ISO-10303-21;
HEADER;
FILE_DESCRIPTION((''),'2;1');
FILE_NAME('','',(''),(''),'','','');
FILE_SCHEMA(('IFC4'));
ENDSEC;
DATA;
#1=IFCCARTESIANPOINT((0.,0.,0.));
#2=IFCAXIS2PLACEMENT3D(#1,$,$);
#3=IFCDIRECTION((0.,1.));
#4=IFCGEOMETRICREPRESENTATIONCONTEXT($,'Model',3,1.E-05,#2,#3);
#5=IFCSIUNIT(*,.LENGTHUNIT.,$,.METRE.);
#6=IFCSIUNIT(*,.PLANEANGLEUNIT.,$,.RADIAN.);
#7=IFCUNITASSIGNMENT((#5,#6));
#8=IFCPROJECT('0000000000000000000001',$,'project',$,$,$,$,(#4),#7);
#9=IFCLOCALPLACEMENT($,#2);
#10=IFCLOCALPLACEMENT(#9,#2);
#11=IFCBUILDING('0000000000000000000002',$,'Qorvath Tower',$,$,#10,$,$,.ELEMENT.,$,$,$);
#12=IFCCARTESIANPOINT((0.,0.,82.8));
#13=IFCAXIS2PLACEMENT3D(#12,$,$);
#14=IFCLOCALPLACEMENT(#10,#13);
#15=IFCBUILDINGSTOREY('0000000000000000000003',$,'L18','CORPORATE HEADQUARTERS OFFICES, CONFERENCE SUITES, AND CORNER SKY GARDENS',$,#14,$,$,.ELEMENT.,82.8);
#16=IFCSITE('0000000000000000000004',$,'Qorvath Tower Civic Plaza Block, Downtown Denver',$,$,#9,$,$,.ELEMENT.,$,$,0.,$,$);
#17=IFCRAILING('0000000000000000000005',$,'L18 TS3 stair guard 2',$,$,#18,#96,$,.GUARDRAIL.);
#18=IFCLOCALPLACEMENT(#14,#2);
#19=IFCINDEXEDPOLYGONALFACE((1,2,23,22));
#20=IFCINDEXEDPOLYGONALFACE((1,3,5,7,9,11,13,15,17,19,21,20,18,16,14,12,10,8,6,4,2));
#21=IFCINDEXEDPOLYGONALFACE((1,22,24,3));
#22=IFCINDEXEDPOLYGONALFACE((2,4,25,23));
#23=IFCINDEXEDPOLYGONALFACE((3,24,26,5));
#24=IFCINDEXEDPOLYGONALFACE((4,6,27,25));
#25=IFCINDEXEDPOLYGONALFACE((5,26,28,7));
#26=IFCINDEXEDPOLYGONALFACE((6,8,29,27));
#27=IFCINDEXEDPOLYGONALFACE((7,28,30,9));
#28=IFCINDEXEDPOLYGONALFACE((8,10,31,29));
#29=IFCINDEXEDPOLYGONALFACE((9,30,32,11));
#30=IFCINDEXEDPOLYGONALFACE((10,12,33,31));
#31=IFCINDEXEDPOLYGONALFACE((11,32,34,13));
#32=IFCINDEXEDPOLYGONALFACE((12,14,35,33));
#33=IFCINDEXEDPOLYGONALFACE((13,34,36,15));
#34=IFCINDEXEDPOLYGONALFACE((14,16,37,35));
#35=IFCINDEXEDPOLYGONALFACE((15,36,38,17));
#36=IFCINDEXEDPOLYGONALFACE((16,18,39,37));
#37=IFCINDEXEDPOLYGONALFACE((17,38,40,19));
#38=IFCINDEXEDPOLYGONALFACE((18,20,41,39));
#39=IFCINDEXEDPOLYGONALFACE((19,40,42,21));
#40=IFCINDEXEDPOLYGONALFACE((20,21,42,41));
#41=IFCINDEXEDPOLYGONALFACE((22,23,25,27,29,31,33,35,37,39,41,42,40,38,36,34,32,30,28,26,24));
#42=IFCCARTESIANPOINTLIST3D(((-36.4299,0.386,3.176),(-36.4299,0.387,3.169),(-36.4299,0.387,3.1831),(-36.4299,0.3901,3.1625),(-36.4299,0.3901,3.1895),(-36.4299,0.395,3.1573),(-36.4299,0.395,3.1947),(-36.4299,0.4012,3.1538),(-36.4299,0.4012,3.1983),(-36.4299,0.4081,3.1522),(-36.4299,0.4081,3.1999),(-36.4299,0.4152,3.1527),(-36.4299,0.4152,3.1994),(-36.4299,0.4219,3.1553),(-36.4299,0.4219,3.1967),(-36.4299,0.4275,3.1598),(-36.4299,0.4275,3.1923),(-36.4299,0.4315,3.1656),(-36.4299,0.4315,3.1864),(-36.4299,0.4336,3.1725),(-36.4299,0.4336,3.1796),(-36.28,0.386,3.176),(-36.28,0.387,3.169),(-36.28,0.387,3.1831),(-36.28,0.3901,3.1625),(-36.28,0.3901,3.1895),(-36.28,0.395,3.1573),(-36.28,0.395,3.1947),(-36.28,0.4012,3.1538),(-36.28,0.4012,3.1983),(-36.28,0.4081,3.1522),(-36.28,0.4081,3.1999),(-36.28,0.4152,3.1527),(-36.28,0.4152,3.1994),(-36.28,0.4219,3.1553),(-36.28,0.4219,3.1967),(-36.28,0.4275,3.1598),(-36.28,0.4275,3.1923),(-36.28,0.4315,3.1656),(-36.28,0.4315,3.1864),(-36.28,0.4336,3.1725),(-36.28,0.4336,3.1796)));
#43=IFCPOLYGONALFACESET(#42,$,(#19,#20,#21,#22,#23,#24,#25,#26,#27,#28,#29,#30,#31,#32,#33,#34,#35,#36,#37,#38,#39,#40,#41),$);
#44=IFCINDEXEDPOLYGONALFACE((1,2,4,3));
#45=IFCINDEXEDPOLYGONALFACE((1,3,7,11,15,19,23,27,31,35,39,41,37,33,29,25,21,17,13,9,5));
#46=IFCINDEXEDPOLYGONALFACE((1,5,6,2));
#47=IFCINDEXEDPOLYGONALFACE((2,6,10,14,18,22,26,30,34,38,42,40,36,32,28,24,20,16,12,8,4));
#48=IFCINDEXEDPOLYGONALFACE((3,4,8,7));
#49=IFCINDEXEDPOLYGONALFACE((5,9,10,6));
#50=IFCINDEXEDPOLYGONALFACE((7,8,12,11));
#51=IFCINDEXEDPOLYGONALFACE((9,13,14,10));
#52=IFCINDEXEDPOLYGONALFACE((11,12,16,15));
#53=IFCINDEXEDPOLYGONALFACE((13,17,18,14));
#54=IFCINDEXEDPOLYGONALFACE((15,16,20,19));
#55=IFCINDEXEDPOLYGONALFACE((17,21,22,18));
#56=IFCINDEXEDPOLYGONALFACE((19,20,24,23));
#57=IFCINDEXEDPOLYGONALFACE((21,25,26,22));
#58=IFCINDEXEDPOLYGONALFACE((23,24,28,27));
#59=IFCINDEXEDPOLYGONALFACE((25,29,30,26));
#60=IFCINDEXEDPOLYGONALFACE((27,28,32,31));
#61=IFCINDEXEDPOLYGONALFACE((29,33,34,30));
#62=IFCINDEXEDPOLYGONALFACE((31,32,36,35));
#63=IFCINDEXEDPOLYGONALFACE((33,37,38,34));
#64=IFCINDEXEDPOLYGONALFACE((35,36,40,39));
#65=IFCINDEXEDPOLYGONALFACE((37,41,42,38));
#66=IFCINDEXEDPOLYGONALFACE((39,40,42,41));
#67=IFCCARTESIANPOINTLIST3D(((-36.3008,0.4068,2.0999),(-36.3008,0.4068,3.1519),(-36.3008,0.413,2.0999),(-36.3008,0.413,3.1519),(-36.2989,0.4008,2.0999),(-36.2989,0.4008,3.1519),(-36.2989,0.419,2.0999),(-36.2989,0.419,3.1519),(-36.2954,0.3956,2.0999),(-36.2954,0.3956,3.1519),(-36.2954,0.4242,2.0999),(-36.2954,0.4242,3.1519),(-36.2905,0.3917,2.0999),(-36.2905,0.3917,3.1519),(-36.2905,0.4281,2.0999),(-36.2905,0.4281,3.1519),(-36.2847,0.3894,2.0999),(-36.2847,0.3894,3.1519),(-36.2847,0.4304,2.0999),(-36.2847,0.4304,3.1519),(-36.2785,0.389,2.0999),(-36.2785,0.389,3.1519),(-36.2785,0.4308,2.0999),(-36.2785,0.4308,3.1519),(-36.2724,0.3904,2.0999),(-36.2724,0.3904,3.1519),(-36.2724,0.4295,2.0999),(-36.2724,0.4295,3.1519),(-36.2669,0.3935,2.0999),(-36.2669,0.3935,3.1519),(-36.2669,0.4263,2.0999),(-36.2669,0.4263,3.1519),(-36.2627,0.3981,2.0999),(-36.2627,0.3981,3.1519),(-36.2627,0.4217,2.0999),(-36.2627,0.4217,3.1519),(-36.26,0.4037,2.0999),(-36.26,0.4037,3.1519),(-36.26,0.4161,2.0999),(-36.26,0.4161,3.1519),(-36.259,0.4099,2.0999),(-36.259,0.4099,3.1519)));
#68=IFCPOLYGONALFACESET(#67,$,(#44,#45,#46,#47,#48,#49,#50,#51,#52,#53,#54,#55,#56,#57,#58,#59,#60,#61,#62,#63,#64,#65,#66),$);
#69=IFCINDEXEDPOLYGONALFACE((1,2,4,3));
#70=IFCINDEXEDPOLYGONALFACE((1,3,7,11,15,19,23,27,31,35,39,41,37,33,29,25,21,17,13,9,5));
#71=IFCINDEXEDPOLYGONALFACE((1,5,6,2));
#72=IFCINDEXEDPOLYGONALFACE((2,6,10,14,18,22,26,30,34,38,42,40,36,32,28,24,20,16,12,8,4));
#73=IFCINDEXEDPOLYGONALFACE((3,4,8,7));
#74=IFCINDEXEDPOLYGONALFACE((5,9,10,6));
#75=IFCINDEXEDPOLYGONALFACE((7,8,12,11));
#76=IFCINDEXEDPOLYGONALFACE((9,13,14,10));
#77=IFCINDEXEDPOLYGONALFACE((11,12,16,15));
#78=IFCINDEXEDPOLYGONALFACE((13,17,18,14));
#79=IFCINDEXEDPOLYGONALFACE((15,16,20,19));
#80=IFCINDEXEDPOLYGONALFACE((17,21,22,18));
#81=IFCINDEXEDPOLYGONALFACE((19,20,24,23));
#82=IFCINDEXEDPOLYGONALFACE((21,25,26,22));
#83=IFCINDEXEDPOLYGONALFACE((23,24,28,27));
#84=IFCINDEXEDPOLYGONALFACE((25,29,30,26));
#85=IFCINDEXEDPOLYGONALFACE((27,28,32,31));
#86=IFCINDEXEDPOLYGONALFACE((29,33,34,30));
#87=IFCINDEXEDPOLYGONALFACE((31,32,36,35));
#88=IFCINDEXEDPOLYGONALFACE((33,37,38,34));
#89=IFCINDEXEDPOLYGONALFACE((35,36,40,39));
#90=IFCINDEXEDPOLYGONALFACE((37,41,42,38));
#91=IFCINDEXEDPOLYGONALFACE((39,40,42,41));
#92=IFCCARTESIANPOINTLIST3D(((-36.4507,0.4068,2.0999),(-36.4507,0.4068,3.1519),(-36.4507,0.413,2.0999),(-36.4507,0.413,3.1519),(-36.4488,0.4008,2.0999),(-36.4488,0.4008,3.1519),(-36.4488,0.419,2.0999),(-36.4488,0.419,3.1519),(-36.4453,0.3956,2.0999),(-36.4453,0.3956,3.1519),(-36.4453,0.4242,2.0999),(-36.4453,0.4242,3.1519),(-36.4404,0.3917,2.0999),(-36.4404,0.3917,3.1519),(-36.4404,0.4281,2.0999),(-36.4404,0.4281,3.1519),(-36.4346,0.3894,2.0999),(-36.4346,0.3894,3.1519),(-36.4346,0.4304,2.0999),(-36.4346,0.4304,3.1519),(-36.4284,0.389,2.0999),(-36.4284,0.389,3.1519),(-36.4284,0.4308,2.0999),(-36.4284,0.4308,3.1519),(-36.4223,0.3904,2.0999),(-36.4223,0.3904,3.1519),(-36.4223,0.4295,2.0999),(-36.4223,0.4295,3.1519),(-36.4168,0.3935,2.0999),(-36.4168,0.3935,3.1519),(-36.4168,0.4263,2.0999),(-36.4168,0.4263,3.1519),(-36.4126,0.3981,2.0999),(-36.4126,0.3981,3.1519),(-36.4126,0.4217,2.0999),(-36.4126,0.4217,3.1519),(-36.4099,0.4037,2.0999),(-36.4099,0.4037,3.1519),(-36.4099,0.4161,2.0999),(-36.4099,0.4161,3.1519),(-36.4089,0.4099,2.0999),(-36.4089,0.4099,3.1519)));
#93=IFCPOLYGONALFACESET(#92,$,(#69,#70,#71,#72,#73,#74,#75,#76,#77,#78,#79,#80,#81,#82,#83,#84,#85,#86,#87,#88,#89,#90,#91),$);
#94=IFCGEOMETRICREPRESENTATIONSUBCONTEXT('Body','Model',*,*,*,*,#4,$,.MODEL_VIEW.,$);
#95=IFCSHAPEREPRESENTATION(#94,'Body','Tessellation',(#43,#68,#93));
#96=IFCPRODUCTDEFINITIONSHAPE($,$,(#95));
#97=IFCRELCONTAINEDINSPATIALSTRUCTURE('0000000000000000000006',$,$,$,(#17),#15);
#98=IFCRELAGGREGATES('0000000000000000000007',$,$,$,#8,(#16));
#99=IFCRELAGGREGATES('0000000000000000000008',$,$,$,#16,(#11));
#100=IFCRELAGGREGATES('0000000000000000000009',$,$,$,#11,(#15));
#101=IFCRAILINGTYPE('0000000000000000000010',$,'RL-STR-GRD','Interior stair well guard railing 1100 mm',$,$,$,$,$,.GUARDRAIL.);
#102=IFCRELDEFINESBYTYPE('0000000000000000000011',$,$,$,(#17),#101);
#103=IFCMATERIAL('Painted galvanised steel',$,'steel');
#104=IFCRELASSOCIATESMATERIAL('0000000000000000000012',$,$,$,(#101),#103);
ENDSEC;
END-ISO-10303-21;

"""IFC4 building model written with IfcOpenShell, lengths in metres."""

from ifc_helpers import new_model, si_unit, direction, frame, origin, origin_2d, place, context, subcontext, project, spatial, circle, extrude, material, type_object, element, save


model = new_model("IFC4")

# Units and contexts
model_context = context("Model", 3, precision=1e-05, world=origin(), true_north=direction((0.0, 1.0)))
body_context = subcontext(model_context, "Body", "Model", "MODEL_VIEW")
ifc_project = project(units=[si_unit("LENGTHUNIT", "METRE"), si_unit("PLANEANGLEUNIT", "RADIAN")], contexts=[model_context])

# Site, building, storey
site_placement = place(None, origin())
site = spatial("IfcSite", under=ifc_project, at=site_placement, Name="Qorvath Tower Civic Plaza Block, Downtown Denver", CompositionType="ELEMENT", RefElevation=0.0)
building_placement = place(site_placement, origin())
building = spatial("IfcBuilding", under=site, at=building_placement, Name="Qorvath Tower", CompositionType="ELEMENT")
storey_placement = place(building_placement, frame((0.0, 0.0, 82.8)))
storey = spatial("IfcBuildingStorey", under=building, at=storey_placement, Name="L18", Description="CORPORATE HEADQUARTERS OFFICES, CONFERENCE SUITES, AND CORNER SKY GARDENS", CompositionType="ELEMENT", Elevation=82.8)

# Railing
ifc_material_1 = material(Name="Painted galvanised steel", Category="steel")
railing_type_1 = type_object("IfcRailingType", Name="RL-STR-GRD", Description="Interior stair well guard railing 1100 mm", PredefinedType="GUARDRAIL", material=ifc_material_1)
railing_1_placement = place(storey_placement, frame((-36.28, 0.4099, 2.0999)))
element("IfcRailing", 1, at=railing_1_placement, inside=storey, type_object=railing_type_1, Name="L18 TS3 stair guard 2", PredefinedType="GUARDRAIL", context=body_context, shape_type="SweptSolid", body=[
    extrude(circle(Radius=0.0239, at=origin_2d()), frame((0.0, 0.0, 1.0762), z_axis=(-1.0, 0.0, 0.0), x_axis=(0.0, -1.0, 0.0)), (0.0, 0.0, 1.0), 0.1499),
    extrude(circle(Radius=0.021, at=origin_2d()), origin(), (0.0, 0.0, 1.0), 1.052),
    extrude(circle(Radius=0.021, at=origin_2d()), frame((-0.1499, 0.0, 0.0)), (0.0, 0.0, 1.0), 1.052),
])

save(model, "model.ifc")
